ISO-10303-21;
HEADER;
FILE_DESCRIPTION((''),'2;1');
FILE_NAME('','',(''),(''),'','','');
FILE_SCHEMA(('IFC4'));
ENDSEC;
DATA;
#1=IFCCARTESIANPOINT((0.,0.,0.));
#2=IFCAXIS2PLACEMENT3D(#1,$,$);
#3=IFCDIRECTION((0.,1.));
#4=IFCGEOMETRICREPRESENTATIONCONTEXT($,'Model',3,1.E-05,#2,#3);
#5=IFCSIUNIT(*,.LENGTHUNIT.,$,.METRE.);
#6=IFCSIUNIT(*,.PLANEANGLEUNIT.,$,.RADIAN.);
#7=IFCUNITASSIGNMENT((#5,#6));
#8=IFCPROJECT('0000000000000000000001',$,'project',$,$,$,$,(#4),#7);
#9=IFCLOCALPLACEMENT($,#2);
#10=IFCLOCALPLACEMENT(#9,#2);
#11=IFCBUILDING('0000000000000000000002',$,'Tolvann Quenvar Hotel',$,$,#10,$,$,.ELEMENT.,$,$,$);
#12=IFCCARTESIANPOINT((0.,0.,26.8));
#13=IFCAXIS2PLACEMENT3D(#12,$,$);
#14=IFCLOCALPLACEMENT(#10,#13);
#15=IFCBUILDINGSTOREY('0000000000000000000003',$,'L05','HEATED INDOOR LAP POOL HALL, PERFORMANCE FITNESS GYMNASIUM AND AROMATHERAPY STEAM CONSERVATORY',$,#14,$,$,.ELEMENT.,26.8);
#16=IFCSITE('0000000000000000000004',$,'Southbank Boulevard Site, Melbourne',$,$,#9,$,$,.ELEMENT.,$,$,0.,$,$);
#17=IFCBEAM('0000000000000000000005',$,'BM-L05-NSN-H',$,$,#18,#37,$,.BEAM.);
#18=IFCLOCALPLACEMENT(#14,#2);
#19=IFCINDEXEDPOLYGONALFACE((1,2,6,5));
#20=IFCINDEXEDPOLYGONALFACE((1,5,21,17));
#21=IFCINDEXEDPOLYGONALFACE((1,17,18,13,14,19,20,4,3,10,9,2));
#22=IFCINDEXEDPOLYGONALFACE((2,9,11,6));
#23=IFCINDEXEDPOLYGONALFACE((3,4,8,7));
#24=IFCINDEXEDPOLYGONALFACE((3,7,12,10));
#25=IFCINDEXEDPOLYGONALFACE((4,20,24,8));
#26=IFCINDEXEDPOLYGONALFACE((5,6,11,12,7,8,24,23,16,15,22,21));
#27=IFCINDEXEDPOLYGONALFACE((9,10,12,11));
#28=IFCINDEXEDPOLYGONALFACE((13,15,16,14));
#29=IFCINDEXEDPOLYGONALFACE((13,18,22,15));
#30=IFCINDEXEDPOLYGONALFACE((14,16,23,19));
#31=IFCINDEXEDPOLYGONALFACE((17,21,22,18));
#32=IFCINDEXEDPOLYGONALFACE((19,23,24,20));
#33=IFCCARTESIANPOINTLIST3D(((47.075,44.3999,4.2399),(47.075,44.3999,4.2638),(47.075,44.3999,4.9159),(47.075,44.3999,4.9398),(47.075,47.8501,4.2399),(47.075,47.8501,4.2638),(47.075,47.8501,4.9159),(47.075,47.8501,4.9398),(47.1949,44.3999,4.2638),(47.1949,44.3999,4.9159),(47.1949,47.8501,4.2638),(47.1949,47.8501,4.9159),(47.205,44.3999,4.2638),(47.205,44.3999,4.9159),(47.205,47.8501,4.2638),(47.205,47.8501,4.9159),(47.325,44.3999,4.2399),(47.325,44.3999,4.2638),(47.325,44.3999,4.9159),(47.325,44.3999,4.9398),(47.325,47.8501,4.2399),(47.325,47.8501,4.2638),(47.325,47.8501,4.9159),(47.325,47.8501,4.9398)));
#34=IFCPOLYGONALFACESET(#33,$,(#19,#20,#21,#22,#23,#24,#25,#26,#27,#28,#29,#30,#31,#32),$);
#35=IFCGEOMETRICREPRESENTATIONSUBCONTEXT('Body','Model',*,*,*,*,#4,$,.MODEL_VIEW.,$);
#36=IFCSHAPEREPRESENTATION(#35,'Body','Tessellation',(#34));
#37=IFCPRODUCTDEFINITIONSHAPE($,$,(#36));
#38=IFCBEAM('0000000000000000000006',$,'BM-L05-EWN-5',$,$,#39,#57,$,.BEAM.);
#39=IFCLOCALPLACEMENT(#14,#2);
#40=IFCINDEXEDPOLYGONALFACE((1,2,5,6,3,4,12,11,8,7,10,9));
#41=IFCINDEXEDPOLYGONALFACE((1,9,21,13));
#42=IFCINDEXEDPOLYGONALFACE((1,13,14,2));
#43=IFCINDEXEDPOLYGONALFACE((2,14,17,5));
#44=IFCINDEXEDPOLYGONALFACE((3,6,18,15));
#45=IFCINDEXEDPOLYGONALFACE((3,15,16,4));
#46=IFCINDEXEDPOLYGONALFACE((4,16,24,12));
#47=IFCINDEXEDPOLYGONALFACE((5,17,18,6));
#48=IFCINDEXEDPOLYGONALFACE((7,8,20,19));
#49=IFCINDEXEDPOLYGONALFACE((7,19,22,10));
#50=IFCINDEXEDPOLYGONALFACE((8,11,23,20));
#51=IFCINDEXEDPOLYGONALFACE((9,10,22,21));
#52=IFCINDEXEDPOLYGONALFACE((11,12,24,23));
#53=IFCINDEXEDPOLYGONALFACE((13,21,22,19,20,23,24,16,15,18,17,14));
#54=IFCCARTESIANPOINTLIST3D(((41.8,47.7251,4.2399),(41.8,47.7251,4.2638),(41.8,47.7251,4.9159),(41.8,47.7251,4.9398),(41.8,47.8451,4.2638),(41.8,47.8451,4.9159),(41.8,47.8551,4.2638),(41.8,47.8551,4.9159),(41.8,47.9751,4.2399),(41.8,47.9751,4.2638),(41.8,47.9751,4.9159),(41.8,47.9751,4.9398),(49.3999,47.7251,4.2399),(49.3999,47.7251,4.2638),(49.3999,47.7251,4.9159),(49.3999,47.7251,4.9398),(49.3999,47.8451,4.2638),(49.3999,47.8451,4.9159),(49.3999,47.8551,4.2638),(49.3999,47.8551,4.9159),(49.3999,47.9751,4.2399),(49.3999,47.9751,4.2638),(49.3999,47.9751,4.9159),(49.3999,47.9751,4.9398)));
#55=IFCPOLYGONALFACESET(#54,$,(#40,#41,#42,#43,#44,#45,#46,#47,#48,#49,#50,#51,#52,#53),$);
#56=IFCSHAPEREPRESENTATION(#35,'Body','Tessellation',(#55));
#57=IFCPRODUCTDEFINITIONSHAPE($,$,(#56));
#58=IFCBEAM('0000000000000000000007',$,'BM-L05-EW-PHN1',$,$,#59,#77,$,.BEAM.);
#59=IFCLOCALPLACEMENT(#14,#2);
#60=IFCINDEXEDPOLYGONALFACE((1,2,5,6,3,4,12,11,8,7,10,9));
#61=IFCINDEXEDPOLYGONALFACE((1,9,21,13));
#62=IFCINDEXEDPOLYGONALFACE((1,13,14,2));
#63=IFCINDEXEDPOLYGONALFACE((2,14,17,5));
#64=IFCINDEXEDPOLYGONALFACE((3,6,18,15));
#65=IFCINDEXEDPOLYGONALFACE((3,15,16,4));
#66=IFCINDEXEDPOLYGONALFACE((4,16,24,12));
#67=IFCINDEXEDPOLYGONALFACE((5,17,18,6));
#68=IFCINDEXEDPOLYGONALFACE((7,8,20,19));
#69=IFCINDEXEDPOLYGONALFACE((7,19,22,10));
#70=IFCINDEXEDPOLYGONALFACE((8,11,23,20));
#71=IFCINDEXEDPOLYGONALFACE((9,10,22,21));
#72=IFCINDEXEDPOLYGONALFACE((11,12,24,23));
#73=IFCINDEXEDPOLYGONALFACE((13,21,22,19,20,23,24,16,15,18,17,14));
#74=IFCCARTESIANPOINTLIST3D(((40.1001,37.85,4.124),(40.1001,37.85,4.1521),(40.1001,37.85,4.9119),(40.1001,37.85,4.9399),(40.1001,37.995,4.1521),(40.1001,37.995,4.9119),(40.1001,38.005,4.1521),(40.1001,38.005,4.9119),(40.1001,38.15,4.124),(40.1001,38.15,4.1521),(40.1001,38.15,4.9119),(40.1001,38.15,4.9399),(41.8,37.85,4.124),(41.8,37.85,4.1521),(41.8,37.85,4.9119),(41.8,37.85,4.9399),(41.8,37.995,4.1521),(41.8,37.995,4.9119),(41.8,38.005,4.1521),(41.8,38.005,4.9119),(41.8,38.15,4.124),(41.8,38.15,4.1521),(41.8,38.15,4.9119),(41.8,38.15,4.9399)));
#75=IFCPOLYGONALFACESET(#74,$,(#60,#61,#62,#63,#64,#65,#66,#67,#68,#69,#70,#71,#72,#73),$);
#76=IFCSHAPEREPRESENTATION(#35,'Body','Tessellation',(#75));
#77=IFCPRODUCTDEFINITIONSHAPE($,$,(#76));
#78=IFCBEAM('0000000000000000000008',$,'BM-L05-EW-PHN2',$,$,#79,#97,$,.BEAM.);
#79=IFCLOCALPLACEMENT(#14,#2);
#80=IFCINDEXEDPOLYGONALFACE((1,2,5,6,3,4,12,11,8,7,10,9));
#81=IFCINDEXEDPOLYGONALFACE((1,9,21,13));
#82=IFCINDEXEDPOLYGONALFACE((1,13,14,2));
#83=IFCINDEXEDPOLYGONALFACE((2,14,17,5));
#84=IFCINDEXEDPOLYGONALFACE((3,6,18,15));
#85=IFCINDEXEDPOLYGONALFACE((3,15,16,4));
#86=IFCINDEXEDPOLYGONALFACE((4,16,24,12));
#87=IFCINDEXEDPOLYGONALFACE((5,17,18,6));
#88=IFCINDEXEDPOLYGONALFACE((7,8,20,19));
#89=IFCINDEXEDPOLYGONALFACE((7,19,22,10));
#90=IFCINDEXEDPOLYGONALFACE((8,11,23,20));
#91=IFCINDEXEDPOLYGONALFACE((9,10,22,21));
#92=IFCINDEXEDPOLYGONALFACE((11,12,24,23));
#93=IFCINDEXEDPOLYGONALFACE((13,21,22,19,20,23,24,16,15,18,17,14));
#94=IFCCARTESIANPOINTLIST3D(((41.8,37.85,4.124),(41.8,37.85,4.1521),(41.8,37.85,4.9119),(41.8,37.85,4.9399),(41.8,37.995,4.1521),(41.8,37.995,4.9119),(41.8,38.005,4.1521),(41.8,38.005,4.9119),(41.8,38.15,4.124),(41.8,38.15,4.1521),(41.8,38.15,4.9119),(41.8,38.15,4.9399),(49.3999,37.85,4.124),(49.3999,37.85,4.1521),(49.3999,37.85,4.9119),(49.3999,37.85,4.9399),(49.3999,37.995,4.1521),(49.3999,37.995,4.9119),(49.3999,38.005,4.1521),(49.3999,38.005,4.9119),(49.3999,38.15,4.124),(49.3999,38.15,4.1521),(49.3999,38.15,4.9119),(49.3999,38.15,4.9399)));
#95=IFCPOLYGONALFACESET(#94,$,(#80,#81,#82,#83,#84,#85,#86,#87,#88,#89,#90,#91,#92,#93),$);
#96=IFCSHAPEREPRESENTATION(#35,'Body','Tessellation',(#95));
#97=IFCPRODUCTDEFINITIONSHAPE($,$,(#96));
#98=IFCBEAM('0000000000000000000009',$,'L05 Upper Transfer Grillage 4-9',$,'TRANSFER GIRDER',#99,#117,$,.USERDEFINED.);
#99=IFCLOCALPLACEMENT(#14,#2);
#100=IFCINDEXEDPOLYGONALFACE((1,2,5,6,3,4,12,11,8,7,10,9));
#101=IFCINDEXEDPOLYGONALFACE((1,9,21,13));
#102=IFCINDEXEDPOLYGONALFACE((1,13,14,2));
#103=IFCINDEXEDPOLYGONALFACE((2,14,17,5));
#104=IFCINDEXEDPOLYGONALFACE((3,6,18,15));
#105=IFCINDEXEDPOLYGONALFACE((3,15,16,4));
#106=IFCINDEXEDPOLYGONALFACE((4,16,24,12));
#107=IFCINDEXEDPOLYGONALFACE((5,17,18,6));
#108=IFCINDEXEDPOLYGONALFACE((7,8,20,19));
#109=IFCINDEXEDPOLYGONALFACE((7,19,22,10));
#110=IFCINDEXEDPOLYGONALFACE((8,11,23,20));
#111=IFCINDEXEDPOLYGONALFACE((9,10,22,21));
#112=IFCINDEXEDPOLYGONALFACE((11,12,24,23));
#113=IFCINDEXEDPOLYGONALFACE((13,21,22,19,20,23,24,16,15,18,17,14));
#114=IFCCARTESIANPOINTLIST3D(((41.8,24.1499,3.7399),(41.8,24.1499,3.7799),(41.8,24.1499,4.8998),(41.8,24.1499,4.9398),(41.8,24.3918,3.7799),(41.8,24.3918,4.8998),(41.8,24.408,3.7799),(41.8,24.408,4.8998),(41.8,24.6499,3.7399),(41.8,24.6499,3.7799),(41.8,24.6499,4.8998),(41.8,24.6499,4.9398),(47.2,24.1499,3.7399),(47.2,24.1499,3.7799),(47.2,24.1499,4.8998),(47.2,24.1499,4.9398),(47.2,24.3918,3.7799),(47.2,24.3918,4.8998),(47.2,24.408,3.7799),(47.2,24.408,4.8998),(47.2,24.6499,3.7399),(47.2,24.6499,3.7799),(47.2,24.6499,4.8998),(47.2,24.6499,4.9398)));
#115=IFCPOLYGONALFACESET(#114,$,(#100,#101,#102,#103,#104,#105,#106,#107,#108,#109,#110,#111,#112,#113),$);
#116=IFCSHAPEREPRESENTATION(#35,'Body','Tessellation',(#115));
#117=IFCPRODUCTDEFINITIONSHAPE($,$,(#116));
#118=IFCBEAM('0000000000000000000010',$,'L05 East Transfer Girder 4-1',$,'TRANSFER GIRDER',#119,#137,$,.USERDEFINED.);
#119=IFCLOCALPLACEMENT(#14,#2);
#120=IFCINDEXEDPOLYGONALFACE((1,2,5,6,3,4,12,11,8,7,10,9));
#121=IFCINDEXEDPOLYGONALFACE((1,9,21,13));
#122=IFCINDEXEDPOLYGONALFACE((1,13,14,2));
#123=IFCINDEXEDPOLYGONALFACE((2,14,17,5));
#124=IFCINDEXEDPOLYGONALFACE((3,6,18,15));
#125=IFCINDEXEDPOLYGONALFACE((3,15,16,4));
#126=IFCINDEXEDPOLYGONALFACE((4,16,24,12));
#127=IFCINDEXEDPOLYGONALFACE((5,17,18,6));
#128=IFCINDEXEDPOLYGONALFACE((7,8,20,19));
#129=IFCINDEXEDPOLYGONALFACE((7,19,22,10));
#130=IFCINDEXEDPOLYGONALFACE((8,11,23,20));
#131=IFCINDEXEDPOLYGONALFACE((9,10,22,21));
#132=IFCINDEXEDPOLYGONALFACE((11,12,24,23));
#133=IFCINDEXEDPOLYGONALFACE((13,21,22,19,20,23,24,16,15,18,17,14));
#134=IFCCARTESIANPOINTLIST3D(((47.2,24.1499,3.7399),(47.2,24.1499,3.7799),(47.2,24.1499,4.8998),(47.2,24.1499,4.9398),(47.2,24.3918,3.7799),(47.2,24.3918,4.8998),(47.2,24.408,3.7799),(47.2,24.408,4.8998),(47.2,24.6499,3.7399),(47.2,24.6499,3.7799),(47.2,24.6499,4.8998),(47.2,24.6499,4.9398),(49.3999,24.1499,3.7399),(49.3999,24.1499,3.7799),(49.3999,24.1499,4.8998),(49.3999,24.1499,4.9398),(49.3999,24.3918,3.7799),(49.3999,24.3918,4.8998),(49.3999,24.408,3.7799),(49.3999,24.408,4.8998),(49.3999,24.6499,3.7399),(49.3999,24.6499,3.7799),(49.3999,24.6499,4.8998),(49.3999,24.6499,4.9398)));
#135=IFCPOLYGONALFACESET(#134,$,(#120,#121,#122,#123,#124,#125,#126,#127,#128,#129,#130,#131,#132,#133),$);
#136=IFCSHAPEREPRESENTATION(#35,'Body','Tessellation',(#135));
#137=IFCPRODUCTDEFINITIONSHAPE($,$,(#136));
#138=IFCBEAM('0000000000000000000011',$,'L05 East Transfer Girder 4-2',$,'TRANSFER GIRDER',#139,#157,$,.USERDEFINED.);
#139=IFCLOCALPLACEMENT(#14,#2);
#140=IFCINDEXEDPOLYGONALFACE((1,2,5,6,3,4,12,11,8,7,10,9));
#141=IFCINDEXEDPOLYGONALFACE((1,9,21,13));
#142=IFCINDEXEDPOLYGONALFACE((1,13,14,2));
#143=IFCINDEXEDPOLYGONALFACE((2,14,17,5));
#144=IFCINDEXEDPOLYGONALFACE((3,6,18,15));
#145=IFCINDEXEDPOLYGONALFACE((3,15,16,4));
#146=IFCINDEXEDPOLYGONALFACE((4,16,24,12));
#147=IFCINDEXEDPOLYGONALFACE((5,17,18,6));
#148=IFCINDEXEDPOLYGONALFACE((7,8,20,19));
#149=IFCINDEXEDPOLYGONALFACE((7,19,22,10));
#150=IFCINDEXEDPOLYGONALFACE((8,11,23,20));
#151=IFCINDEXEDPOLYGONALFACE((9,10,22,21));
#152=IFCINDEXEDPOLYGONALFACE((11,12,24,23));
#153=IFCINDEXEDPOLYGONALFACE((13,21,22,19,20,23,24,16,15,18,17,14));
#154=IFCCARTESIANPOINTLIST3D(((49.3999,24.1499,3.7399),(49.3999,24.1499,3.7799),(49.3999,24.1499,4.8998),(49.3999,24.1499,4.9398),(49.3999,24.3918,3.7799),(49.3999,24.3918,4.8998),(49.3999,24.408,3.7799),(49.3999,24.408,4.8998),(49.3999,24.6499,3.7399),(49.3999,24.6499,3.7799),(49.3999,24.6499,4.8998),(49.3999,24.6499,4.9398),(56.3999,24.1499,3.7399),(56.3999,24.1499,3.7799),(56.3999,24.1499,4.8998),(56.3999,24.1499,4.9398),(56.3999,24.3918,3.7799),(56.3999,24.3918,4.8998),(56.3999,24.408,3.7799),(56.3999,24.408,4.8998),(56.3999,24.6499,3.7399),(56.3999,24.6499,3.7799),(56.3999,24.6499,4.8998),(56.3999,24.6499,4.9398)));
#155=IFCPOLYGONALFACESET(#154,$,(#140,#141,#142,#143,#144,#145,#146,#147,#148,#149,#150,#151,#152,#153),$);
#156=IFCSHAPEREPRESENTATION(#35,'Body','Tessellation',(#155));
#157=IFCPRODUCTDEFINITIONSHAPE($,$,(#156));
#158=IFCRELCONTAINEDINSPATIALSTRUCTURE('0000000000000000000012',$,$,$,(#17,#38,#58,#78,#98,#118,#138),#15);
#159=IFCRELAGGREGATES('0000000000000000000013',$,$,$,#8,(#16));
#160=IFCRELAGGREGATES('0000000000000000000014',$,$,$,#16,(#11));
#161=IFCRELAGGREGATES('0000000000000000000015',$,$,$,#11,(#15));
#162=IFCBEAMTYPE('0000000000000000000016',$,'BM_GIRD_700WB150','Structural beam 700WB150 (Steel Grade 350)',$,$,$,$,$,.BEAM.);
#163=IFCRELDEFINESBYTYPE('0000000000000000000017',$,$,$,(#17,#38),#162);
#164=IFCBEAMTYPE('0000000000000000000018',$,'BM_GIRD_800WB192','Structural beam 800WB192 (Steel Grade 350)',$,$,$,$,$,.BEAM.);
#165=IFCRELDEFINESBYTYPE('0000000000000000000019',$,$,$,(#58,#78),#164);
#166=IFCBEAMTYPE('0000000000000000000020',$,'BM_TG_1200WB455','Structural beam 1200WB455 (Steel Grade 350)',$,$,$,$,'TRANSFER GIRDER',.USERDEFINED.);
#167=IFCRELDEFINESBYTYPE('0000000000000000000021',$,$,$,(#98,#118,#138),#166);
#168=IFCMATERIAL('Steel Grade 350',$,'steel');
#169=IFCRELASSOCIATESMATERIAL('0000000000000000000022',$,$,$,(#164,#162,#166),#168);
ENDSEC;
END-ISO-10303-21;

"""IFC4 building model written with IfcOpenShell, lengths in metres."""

from ifc_helpers import new_model, si_unit, direction, frame, origin, origin_2d, place, context, subcontext, project, spatial, i_section, extrude, source, transform, mapped, material, material_profile, profile_set, type_object, type_shapes, element, save


model = new_model("IFC4")

# Units and contexts
model_context = context("Model", 3, precision=1e-05, world=origin(), true_north=direction((0.0, 1.0)))
body_context = subcontext(model_context, "Body", "Model", "MODEL_VIEW")
ifc_project = project(units=[si_unit("LENGTHUNIT", "METRE"), si_unit("PLANEANGLEUNIT", "RADIAN")], contexts=[model_context])

# Site, building, storey
site_placement = place(None, origin())
site = spatial("IfcSite", under=ifc_project, at=site_placement, Name="Southbank Boulevard Site, Melbourne", CompositionType="ELEMENT", RefElevation=0.0)
building_placement = place(site_placement, origin())
building = spatial("IfcBuilding", under=site, at=building_placement, Name="Tolvann Quenvar Hotel", CompositionType="ELEMENT")
storey_placement = place(building_placement, frame((0.0, 0.0, 26.8)))
storey = spatial("IfcBuildingStorey", under=building, at=storey_placement, Name="L05", Description="HEATED INDOOR LAP POOL HALL, PERFORMANCE FITNESS GYMNASIUM AND AROMATHERAPY STEAM CONSERVATORY", CompositionType="ELEMENT", Elevation=26.8)

# Beams
ifc_material_1 = material(Name="Steel Grade 350", Category="steel")
ifc_material_profile_1 = material_profile(ifc_material_1, i_section(OverallWidth=0.3, OverallDepth=0.8159, WebThickness=0.01, FlangeThickness=0.0281, at=origin_2d()), Name="800WB192")
ifc_profile_set_1 = profile_set([ifc_material_profile_1], Name="Steel Grade 350")
beam_type_1 = type_object("IfcBeamType", Name="BM_GIRD_800WB192", Description="Structural beam 800WB192 (Steel Grade 350)", PredefinedType="BEAM", material=ifc_profile_set_1)
ifc_material_profile_2 = material_profile(ifc_material_1, i_section(OverallWidth=0.25, OverallDepth=0.7, WebThickness=0.01, FlangeThickness=0.0239, at=origin_2d()), Name="700WB150")
ifc_profile_set_2 = profile_set([ifc_material_profile_2], Name="Steel Grade 350")
beam_type_2 = type_object("IfcBeamType", Name="BM_GIRD_700WB150", Description="Structural beam 700WB150 (Steel Grade 350)", PredefinedType="BEAM", material=ifc_profile_set_2)
shared_shape_1 = source(origin(), body_context, "Body", "SweptSolid", [
    extrude(i_section(OverallWidth=0.25, OverallDepth=0.7, WebThickness=0.01, FlangeThickness=0.0239, at=origin_2d()), origin(), (0.0, 0.0, 1.0), 3.4502),
])
beam_1_placement = place(storey_placement, frame((47.2, 44.3999, 4.5898), z_axis=(0.0, 1.0, 0.0), x_axis=(-1.0, 0.0, 0.0)))
element("IfcBeam", 1, at=beam_1_placement, inside=storey, type_object=beam_type_2, Name="BM-L05-NSN-H", PredefinedType="BEAM", context=body_context, shape_type="MappedRepresentation", body=[
    mapped(shared_shape_1, transform((0.0, 0.0, 0.0), x_axis=(1.0, 0.0, 0.0), y_axis=(0.0, 1.0, 0.0), z_axis=(0.0, 0.0, 1.0), scale=1.0)),
])
shared_shape_2 = source(origin(), body_context, "Body", "SweptSolid", [
    extrude(i_section(OverallWidth=0.25, OverallDepth=0.7, WebThickness=0.01, FlangeThickness=0.0239, at=origin_2d()), origin(), (0.0, 0.0, 1.0), 7.5999),
])
type_shapes(beam_type_2, [shared_shape_1, shared_shape_2])
beam_2_placement = place(storey_placement, frame((41.8, 47.8501, 4.5898), z_axis=(1.0, 0.0, 0.0), x_axis=(0.0, 1.0, 0.0)))
element("IfcBeam", 2, at=beam_2_placement, inside=storey, type_object=beam_type_2, Name="BM-L05-EWN-5", PredefinedType="BEAM", context=body_context, shape_type="MappedRepresentation", body=[
    mapped(shared_shape_2, transform((0.0, 0.0, 0.0), x_axis=(1.0, 0.0, 0.0), y_axis=(0.0, 1.0, 0.0), z_axis=(0.0, 0.0, 1.0), scale=1.0)),
])
shared_shape_3 = source(origin(), body_context, "Body", "SweptSolid", [
    extrude(i_section(OverallWidth=0.3, OverallDepth=0.8159, WebThickness=0.01, FlangeThickness=0.0281, at=origin_2d()), origin(), (0.0, 0.0, 1.0), 1.7),
])
beam_3_placement = place(storey_placement, frame((40.1001, 38.0, 4.532), z_axis=(1.0, 0.0, 0.0), x_axis=(0.0, 1.0, 0.0)))
element("IfcBeam", 3, at=beam_3_placement, inside=storey, type_object=beam_type_1, Name="BM-L05-EW-PHN1", PredefinedType="BEAM", context=body_context, shape_type="MappedRepresentation", body=[
    mapped(shared_shape_3, transform((0.0, 0.0, 0.0), x_axis=(1.0, 0.0, 0.0), y_axis=(0.0, 1.0, 0.0), z_axis=(0.0, 0.0, 1.0), scale=1.0)),
])
shared_shape_4 = source(origin(), body_context, "Body", "SweptSolid", [
    extrude(i_section(OverallWidth=0.3, OverallDepth=0.8159, WebThickness=0.01, FlangeThickness=0.0281, at=origin_2d()), origin(), (0.0, 0.0, 1.0), 7.5999),
])
beam_4_placement = place(storey_placement, frame((41.8, 38.0, 4.532), z_axis=(1.0, 0.0, 0.0), x_axis=(0.0, 1.0, 0.0)))
element("IfcBeam", 4, at=beam_4_placement, inside=storey, type_object=beam_type_1, Name="BM-L05-EW-PHN2", PredefinedType="BEAM", context=body_context, shape_type="MappedRepresentation", body=[
    mapped(shared_shape_4, transform((0.0, 0.0, 0.0), x_axis=(1.0, 0.0, 0.0), y_axis=(0.0, 1.0, 0.0), z_axis=(0.0, 0.0, 1.0), scale=1.0)),
])
ifc_material_profile_3 = material_profile(ifc_material_1, i_section(OverallWidth=0.5, OverallDepth=1.2, WebThickness=0.0161, FlangeThickness=0.04, at=origin_2d()), Name="1200WB455")
ifc_profile_set_3 = profile_set([ifc_material_profile_3], Name="Steel Grade 350")
beam_type_3 = type_object("IfcBeamType", Name="BM_TG_1200WB455", Description="Structural beam 1200WB455 (Steel Grade 350)", ElementType="TRANSFER GIRDER", PredefinedType="USERDEFINED", material=ifc_profile_set_3)
shared_shape_5 = source(origin(), body_context, "Body", "SweptSolid", [
    extrude(i_section(OverallWidth=0.5, OverallDepth=1.2, WebThickness=0.0161, FlangeThickness=0.04, at=origin_2d()), origin(), (0.0, 0.0, 1.0), 5.3999),
])
beam_5_placement = place(storey_placement, frame((41.8, 24.3999, 4.3398), z_axis=(1.0, 0.0, 0.0), x_axis=(0.0, 1.0, 0.0)))
element("IfcBeam", 5, at=beam_5_placement, inside=storey, type_object=beam_type_3, Name="L05 Upper Transfer Grillage 4-9", ObjectType="TRANSFER GIRDER", PredefinedType="USERDEFINED", context=body_context, shape_type="MappedRepresentation", body=[
    mapped(shared_shape_5, transform((0.0, 0.0, 0.0), x_axis=(1.0, 0.0, 0.0), y_axis=(0.0, 1.0, 0.0), z_axis=(0.0, 0.0, 1.0), scale=1.0)),
])
shared_shape_6 = source(origin(), body_context, "Body", "SweptSolid", [
    extrude(i_section(OverallWidth=0.5, OverallDepth=1.2, WebThickness=0.0161, FlangeThickness=0.04, at=origin_2d()), origin(), (0.0, 0.0, 1.0), 2.2),
])
beam_6_placement = place(storey_placement, frame((47.2, 24.3999, 4.3398), z_axis=(1.0, 0.0, 0.0), x_axis=(0.0, 1.0, 0.0)))
element("IfcBeam", 6, at=beam_6_placement, inside=storey, type_object=beam_type_3, Name="L05 East Transfer Girder 4-1", ObjectType="TRANSFER GIRDER", PredefinedType="USERDEFINED", context=body_context, shape_type="MappedRepresentation", body=[
    mapped(shared_shape_6, transform((0.0, 0.0, 0.0), x_axis=(1.0, 0.0, 0.0), y_axis=(0.0, 1.0, 0.0), z_axis=(0.0, 0.0, 1.0), scale=1.0)),
])
shared_shape_7 = source(origin(), body_context, "Body", "SweptSolid", [
    extrude(i_section(OverallWidth=0.5, OverallDepth=1.2, WebThickness=0.0161, FlangeThickness=0.04, at=origin_2d()), origin(), (0.0, 0.0, 1.0), 7.0),
])
beam_7_placement = place(storey_placement, frame((49.3999, 24.3999, 4.3398), z_axis=(1.0, 0.0, 0.0), x_axis=(0.0, 1.0, 0.0)))
element("IfcBeam", 7, at=beam_7_placement, inside=storey, type_object=beam_type_3, Name="L05 East Transfer Girder 4-2", ObjectType="TRANSFER GIRDER", PredefinedType="USERDEFINED", context=body_context, shape_type="MappedRepresentation", body=[
    mapped(shared_shape_7, transform((0.0, 0.0, 0.0), x_axis=(1.0, 0.0, 0.0), y_axis=(0.0, 1.0, 0.0), z_axis=(0.0, 0.0, 1.0), scale=1.0)),
])

save(model, "model.ifc")
